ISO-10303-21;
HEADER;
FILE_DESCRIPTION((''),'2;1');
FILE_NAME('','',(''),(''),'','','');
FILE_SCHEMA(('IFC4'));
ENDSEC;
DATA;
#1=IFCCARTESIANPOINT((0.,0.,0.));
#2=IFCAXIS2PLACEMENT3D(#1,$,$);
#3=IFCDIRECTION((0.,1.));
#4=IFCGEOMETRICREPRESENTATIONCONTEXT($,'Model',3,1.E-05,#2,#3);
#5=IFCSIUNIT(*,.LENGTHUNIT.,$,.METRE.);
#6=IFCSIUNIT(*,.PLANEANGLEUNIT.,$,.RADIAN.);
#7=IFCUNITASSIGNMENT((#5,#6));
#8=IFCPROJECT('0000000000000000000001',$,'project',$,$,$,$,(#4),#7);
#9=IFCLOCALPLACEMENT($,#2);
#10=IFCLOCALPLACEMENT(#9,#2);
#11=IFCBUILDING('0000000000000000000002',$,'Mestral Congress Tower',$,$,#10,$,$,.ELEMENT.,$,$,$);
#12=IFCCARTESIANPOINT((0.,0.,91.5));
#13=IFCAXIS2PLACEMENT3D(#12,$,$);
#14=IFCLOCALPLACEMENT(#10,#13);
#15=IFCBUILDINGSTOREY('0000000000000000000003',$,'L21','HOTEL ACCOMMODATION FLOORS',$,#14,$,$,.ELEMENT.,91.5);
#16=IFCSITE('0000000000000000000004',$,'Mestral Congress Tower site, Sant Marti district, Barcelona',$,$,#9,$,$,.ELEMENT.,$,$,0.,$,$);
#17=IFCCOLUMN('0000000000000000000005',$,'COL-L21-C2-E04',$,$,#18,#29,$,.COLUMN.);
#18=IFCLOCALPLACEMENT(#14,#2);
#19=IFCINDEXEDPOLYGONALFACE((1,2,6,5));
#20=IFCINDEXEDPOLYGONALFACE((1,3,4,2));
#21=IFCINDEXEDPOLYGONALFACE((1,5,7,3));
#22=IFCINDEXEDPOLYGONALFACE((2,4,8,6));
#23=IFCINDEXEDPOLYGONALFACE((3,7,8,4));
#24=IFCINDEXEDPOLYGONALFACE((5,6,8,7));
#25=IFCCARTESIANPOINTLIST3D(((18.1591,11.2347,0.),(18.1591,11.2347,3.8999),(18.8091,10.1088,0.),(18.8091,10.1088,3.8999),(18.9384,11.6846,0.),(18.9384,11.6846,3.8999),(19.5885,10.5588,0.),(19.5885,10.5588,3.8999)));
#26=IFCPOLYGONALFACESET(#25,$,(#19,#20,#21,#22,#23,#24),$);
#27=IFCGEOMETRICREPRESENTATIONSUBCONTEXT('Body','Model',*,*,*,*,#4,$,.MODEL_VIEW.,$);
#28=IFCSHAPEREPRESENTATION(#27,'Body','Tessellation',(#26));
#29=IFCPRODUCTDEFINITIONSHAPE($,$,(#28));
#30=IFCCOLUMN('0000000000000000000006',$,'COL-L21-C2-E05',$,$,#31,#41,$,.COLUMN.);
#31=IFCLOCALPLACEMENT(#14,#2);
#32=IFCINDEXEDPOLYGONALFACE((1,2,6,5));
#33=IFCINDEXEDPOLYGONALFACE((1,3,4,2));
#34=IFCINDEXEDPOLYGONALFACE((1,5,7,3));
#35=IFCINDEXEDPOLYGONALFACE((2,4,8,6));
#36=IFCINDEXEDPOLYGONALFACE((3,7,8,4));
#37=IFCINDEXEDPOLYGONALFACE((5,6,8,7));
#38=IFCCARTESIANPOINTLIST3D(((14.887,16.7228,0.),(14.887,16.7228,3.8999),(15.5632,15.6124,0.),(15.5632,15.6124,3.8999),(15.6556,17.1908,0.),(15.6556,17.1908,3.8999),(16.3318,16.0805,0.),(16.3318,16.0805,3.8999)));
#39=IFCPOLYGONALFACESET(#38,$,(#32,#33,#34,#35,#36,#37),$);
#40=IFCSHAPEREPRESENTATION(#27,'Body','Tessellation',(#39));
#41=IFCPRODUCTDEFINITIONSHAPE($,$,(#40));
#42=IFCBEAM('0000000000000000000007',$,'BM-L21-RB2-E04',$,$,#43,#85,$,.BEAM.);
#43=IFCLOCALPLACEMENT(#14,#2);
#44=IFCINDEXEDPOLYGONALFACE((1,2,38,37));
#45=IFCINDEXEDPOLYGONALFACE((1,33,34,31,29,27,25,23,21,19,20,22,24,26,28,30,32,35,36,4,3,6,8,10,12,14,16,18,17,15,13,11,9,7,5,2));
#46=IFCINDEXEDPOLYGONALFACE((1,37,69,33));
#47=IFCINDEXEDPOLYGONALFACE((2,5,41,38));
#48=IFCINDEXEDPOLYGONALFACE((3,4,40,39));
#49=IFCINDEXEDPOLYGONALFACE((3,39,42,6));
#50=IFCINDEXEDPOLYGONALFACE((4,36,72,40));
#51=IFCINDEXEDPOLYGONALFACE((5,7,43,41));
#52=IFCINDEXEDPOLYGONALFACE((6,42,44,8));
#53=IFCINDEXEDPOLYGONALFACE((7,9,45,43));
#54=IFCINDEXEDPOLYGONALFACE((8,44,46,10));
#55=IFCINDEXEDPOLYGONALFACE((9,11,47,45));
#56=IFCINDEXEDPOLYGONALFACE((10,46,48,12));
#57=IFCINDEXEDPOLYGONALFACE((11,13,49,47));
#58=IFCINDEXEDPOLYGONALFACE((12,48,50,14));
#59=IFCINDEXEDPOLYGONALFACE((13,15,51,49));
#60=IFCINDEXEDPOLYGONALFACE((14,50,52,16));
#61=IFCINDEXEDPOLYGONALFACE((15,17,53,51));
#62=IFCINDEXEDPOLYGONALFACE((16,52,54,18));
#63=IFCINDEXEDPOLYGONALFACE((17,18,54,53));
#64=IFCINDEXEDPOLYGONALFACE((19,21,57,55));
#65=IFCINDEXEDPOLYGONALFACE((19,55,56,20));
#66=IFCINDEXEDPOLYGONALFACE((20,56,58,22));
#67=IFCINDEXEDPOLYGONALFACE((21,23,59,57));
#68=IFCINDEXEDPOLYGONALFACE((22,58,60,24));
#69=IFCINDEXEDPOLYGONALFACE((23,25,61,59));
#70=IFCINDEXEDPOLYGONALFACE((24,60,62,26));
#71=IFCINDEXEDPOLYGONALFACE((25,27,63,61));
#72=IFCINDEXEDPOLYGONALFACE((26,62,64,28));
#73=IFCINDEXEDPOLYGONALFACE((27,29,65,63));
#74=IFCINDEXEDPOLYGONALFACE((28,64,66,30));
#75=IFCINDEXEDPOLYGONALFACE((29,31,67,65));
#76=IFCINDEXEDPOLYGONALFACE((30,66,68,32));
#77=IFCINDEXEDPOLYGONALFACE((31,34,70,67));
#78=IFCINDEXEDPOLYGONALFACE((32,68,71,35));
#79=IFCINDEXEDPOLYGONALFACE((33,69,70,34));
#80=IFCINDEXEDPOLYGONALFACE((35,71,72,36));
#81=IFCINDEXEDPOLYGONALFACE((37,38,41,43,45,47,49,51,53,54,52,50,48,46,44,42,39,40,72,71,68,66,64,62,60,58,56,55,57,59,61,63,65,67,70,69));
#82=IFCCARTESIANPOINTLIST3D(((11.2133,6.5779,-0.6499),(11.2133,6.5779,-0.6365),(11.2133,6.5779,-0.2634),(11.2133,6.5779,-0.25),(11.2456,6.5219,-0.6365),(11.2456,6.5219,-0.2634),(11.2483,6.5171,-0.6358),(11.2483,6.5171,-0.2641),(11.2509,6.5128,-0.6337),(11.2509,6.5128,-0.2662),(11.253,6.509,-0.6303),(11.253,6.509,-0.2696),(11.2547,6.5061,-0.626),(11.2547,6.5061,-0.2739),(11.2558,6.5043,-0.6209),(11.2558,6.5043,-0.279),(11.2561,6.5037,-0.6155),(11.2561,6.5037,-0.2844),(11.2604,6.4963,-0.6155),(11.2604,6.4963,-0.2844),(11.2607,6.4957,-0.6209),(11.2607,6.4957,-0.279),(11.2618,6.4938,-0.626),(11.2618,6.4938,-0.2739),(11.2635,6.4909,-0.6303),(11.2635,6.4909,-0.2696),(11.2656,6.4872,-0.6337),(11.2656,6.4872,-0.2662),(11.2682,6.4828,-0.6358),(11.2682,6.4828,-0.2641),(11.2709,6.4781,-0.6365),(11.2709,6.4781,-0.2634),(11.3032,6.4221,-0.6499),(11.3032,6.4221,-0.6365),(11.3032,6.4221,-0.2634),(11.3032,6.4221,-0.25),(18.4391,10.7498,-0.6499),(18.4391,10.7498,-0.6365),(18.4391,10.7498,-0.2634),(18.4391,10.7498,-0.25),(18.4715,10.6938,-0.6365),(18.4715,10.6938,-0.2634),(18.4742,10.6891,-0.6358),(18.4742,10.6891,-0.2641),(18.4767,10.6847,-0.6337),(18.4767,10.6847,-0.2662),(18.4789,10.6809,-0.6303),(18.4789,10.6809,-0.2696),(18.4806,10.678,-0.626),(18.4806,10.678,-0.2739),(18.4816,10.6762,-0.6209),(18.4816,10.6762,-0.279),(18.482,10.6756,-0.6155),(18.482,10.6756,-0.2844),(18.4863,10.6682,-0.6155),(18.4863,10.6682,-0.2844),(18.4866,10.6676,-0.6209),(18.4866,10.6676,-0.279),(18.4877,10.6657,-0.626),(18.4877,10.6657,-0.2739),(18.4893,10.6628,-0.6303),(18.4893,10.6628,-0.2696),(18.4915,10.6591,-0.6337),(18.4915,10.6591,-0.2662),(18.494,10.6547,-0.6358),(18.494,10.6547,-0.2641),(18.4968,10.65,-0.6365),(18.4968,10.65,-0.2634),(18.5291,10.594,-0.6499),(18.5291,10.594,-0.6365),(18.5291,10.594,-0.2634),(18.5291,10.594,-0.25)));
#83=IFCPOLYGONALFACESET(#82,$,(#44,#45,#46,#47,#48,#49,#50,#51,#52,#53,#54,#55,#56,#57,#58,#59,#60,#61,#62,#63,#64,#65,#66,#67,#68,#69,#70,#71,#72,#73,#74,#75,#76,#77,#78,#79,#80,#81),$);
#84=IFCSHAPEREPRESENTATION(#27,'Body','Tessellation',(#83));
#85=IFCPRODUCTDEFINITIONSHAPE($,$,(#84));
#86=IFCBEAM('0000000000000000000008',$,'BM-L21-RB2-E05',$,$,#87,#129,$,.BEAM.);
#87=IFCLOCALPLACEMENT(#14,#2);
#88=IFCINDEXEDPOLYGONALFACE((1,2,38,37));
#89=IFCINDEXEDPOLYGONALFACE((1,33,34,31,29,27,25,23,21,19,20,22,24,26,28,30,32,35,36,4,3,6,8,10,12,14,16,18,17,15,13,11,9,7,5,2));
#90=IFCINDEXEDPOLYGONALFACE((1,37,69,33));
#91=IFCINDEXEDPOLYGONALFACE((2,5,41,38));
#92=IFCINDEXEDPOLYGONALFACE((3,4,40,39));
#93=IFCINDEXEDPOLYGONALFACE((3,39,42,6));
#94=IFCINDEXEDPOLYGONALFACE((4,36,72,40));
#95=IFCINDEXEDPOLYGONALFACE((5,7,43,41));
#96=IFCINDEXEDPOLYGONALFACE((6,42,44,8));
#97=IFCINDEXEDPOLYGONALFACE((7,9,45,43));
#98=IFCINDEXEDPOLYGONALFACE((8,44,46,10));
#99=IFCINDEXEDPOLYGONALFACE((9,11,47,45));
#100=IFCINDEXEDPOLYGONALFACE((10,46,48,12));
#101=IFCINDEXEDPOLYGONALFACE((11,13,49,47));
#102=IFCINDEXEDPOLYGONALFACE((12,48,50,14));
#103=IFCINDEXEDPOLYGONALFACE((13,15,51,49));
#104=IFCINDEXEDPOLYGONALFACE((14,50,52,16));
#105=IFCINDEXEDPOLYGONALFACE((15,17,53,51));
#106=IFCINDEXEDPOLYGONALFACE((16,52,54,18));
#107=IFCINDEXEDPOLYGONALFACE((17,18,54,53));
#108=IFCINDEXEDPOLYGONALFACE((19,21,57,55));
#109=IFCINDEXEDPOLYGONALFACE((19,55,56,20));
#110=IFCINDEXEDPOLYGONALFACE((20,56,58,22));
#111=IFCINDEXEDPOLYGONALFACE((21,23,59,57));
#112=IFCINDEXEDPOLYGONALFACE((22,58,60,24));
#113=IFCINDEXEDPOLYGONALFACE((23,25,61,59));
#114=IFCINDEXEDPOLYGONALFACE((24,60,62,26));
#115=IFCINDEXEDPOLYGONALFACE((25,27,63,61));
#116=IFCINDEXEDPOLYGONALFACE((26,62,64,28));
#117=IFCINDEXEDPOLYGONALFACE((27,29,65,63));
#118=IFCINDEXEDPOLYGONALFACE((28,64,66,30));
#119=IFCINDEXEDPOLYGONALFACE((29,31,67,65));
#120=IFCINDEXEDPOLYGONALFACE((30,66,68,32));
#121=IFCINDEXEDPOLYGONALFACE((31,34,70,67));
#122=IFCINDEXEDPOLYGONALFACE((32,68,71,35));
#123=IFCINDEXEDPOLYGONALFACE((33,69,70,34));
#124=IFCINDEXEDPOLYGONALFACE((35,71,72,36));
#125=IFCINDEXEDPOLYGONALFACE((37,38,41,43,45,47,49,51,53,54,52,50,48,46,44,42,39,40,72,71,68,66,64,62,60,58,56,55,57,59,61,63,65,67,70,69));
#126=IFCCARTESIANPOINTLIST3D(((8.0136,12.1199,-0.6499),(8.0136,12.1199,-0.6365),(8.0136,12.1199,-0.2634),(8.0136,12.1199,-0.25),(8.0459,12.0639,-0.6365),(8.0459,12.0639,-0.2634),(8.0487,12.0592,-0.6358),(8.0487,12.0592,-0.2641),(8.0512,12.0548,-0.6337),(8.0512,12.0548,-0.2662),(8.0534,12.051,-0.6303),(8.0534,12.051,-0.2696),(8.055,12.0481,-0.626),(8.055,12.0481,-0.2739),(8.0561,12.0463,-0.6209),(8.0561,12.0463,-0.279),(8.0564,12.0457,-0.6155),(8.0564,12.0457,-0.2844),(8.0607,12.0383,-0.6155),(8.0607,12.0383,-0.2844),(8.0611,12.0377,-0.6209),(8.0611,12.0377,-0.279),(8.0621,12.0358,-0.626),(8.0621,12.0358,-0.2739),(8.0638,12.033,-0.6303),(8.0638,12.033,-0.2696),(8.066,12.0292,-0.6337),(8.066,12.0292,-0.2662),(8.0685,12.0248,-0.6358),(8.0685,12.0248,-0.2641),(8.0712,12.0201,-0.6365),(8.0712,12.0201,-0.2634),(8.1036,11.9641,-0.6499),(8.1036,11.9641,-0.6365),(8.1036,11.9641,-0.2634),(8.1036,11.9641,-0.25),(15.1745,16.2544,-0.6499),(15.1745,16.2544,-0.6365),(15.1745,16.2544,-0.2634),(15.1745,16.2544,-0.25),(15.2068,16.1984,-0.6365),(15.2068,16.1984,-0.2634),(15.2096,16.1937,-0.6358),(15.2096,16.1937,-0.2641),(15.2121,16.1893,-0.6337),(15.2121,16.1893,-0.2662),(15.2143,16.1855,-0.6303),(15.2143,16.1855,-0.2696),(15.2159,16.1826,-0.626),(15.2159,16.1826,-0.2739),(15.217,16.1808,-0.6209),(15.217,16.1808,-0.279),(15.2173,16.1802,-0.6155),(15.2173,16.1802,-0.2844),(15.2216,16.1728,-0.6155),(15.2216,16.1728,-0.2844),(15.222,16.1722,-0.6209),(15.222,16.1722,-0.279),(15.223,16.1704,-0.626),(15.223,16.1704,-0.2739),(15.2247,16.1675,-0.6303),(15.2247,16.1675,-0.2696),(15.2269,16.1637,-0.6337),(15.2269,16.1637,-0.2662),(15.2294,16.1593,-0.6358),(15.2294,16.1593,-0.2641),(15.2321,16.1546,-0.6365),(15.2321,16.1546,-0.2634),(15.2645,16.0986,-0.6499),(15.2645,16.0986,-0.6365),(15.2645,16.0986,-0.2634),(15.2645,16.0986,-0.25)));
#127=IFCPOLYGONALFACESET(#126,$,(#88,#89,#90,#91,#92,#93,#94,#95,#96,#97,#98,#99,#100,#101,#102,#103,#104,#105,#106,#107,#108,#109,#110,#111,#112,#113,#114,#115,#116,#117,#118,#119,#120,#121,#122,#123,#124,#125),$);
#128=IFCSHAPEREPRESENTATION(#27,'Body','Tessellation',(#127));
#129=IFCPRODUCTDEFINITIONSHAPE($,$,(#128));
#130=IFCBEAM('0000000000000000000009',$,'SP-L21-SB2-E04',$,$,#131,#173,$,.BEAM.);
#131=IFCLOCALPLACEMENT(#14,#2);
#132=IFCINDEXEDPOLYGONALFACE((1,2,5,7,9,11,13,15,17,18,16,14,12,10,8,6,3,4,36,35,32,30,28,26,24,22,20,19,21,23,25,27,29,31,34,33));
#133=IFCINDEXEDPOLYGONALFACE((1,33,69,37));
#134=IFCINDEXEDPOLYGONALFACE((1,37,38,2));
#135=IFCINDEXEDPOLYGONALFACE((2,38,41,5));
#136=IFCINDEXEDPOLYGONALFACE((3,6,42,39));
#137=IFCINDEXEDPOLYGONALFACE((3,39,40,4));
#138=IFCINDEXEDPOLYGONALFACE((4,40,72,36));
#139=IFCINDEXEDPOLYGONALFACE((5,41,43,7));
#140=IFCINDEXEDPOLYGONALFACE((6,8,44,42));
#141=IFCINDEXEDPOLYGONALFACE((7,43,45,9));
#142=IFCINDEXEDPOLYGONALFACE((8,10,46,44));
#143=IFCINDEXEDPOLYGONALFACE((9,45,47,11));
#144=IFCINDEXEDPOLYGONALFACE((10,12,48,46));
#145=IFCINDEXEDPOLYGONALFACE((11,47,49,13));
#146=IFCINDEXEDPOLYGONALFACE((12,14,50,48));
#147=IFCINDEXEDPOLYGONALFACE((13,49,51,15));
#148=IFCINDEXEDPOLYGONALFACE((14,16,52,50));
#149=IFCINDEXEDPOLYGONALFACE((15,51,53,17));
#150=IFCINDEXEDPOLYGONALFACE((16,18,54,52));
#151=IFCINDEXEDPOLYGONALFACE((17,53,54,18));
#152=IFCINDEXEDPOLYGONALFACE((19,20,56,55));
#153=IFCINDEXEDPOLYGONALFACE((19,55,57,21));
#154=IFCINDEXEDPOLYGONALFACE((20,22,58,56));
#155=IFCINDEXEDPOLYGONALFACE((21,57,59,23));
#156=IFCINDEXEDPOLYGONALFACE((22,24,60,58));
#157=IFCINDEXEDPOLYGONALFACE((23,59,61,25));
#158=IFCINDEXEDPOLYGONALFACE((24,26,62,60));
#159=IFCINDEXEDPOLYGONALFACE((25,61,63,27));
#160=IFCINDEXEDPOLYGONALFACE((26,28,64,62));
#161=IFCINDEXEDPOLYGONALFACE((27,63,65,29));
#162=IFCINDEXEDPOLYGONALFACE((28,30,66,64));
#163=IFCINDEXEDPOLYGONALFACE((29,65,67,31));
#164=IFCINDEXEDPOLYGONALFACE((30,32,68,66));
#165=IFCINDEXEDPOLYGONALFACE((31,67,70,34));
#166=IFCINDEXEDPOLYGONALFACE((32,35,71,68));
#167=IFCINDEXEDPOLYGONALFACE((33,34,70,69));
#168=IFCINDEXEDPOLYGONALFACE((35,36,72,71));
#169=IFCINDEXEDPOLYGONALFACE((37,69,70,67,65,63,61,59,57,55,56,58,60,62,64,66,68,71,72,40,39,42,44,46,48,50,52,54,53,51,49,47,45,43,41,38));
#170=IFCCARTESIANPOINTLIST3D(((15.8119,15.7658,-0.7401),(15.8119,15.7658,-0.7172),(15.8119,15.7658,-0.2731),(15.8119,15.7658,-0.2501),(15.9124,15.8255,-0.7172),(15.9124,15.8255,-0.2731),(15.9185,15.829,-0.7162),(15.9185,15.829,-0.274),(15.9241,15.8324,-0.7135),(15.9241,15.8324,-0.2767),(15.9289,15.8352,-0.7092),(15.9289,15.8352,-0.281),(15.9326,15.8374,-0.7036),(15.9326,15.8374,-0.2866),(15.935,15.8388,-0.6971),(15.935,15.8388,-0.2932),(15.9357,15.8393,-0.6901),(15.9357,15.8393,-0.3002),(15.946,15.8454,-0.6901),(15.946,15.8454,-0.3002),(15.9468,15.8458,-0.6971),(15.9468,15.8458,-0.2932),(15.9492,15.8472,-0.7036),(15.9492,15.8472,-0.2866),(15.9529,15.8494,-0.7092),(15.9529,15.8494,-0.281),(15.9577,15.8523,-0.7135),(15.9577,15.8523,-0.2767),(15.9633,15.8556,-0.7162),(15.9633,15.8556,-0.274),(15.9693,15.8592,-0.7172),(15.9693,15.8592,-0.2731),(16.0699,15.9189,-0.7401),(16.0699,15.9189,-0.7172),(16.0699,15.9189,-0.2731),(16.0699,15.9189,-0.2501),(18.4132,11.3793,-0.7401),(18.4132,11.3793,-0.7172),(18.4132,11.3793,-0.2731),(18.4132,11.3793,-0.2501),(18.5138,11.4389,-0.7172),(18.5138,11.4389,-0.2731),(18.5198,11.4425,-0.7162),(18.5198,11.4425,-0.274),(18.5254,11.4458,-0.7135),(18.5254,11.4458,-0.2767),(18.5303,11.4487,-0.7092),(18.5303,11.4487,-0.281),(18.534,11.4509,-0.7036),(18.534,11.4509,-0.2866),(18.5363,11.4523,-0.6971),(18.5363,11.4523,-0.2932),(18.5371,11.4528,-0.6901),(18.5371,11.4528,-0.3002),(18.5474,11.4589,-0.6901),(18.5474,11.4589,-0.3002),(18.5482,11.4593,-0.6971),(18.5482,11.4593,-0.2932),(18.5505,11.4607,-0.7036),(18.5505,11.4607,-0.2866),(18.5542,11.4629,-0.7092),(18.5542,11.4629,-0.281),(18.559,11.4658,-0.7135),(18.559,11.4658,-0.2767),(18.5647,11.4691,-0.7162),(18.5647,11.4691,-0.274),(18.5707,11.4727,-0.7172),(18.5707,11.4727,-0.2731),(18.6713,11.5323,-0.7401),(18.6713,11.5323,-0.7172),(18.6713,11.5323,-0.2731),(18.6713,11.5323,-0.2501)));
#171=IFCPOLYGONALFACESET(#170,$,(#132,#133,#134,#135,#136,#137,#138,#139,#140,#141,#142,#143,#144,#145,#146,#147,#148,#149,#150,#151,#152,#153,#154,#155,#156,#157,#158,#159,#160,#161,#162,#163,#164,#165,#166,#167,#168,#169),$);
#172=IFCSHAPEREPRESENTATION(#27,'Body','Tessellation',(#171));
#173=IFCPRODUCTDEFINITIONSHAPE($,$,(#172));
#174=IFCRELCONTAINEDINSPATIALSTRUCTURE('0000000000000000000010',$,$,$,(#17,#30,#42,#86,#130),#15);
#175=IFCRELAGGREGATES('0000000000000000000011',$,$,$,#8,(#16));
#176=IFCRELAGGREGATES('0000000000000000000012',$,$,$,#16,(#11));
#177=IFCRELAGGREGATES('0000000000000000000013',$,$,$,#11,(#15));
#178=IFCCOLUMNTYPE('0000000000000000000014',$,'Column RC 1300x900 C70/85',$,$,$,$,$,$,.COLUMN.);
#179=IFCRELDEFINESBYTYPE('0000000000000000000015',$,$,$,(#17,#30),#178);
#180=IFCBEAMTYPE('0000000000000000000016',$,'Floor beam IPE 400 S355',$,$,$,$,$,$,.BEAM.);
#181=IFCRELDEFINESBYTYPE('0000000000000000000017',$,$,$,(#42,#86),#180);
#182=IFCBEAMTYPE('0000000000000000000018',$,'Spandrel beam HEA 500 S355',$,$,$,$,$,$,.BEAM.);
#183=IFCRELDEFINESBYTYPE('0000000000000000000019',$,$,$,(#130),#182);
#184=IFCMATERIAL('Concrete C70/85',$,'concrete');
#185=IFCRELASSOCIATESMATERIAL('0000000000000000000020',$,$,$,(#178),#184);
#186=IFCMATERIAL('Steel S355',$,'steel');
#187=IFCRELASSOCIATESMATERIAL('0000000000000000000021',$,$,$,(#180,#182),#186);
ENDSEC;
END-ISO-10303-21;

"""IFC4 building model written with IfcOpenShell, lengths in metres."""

from ifc_helpers import new_model, si_unit, direction, frame, origin, origin_2d, place, context, subcontext, project, spatial, rectangle, i_section, extrude, material, material_profile, profile_set, type_object, element, save


model = new_model("IFC4")

# Units and contexts
model_context = context("Model", 3, precision=1e-05, world=origin(), true_north=direction((0.0, 1.0)))
body_context = subcontext(model_context, "Body", "Model", "MODEL_VIEW")
ifc_project = project(units=[si_unit("LENGTHUNIT", "METRE"), si_unit("PLANEANGLEUNIT", "RADIAN")], contexts=[model_context])

# Site, building, storey
site_placement = place(None, origin())
site = spatial("IfcSite", under=ifc_project, at=site_placement, Name="Mestral Congress Tower site, Sant Marti district, Barcelona", CompositionType="ELEMENT", RefElevation=0.0)
building_placement = place(site_placement, origin())
building = spatial("IfcBuilding", under=site, at=building_placement, Name="Mestral Congress Tower", CompositionType="ELEMENT")
storey_placement = place(building_placement, frame((0.0, 0.0, 91.5)))
storey = spatial("IfcBuildingStorey", under=building, at=storey_placement, Name="L21", Description="HOTEL ACCOMMODATION FLOORS", CompositionType="ELEMENT", Elevation=91.5)

# Columns
ifc_material_1 = material(Name="Concrete C70/85", Category="concrete")
ifc_material_profile_1 = material_profile(ifc_material_1, rectangle(XDim=1.3, YDim=0.8999, at=origin_2d()), Name="RC 1300x900")
ifc_profile_set_1 = profile_set([ifc_material_profile_1], Name="Concrete C70/85")
column_type = type_object("IfcColumnType", Name="Column RC 1300x900 C70/85", PredefinedType="COLUMN", material=ifc_profile_set_1)
for number, where, z_axis, x_axis, name in (
    (1, (18.8738, 10.8967, 0.0), (0.0, 0.0, 1.0), (-0.5, 0.866025, 0.0), "COL-L21-C2-E04"),
    (2, (15.6094, 16.4016, 0.0), (0.0, 0.0, 1.0), (-0.520114, 0.854097, 0.0), "COL-L21-C2-E05"),
):
    element("IfcColumn", number, at=place(storey_placement, frame(where, z_axis=z_axis, x_axis=x_axis)), inside=storey, type_object=column_type, Name=name, PredefinedType="COLUMN", context=body_context, shape_type="SweptSolid", body=[
        extrude(rectangle(XDim=1.3, YDim=0.8999, at=origin_2d()), origin(), (0.0, 0.0, 1.0), 3.8999),
    ])

# Beams
ifc_material_2 = material(Name="Steel S355", Category="steel")
ifc_material_profile_2 = material_profile(ifc_material_2, i_section(OverallWidth=0.1799, OverallDepth=0.3999, WebThickness=0.0085, FlangeThickness=0.0134, FilletRadius=0.021, at=origin_2d()), Name="IPE 400")
ifc_profile_set_2 = profile_set([ifc_material_profile_2], Name="Steel S355")
beam_type_1 = type_object("IfcBeamType", Name="Floor beam IPE 400 S355", PredefinedType="BEAM", material=ifc_profile_set_2)
beam_1_placement = place(storey_placement, frame((18.4841, 10.6719, -0.45), z_axis=(-0.866023, -0.500004, 0.0), x_axis=(0.500004, -0.866023, 0.0)))
element("IfcBeam", 3, at=beam_1_placement, inside=storey, type_object=beam_type_1, Name="BM-L21-RB2-E04", PredefinedType="BEAM", context=body_context, shape_type="SweptSolid", body=[
    extrude(i_section(OverallWidth=0.1799, OverallDepth=0.3999, WebThickness=0.0085, FlangeThickness=0.0134, FilletRadius=0.021, at=origin_2d()), origin(), (0.0, 0.0, 1.0), 8.3438),
])
beam_2_placement = place(storey_placement, frame((15.2195, 16.1765, -0.45), z_axis=(-0.866016, -0.500016, 0.0), x_axis=(0.500016, -0.866016, 0.0)))
element("IfcBeam", 4, at=beam_2_placement, inside=storey, type_object=beam_type_1, Name="BM-L21-RB2-E05", PredefinedType="BEAM", context=body_context, shape_type="SweptSolid", body=[
    extrude(i_section(OverallWidth=0.1799, OverallDepth=0.3999, WebThickness=0.0085, FlangeThickness=0.0134, FilletRadius=0.021, at=origin_2d()), origin(), (0.0, 0.0, 1.0), 8.2688),
])
ifc_material_profile_3 = material_profile(ifc_material_2, i_section(OverallWidth=0.3, OverallDepth=0.49, WebThickness=0.012, FlangeThickness=0.0229, FilletRadius=0.0271, at=origin_2d()), Name="HEA 500")
ifc_profile_set_3 = profile_set([ifc_material_profile_3], Name="Steel S355")
beam_type_2 = type_object("IfcBeamType", Name="Spandrel beam HEA 500 S355", PredefinedType="BEAM", material=ifc_profile_set_3)
for number, where, z_axis, x_axis, name in (
    (5, (18.5422, 11.4558, -0.4951), (-0.510082, 0.860126, 0.0), (-0.860126, -0.510082, 0.0), "SP-L21-SB2-E04"),
):
    element("IfcBeam", number, at=place(storey_placement, frame(where, z_axis=z_axis, x_axis=x_axis)), inside=storey, type_object=beam_type_2, Name=name, PredefinedType="BEAM", context=body_context, shape_type="SweptSolid", body=[
        extrude(i_section(OverallWidth=0.3, OverallDepth=0.49, WebThickness=0.012, FlangeThickness=0.0229, FilletRadius=0.0271, at=origin_2d()), origin(), (0.0, 0.0, 1.0), 5.0999),
    ])

save(model, "model.ifc")
